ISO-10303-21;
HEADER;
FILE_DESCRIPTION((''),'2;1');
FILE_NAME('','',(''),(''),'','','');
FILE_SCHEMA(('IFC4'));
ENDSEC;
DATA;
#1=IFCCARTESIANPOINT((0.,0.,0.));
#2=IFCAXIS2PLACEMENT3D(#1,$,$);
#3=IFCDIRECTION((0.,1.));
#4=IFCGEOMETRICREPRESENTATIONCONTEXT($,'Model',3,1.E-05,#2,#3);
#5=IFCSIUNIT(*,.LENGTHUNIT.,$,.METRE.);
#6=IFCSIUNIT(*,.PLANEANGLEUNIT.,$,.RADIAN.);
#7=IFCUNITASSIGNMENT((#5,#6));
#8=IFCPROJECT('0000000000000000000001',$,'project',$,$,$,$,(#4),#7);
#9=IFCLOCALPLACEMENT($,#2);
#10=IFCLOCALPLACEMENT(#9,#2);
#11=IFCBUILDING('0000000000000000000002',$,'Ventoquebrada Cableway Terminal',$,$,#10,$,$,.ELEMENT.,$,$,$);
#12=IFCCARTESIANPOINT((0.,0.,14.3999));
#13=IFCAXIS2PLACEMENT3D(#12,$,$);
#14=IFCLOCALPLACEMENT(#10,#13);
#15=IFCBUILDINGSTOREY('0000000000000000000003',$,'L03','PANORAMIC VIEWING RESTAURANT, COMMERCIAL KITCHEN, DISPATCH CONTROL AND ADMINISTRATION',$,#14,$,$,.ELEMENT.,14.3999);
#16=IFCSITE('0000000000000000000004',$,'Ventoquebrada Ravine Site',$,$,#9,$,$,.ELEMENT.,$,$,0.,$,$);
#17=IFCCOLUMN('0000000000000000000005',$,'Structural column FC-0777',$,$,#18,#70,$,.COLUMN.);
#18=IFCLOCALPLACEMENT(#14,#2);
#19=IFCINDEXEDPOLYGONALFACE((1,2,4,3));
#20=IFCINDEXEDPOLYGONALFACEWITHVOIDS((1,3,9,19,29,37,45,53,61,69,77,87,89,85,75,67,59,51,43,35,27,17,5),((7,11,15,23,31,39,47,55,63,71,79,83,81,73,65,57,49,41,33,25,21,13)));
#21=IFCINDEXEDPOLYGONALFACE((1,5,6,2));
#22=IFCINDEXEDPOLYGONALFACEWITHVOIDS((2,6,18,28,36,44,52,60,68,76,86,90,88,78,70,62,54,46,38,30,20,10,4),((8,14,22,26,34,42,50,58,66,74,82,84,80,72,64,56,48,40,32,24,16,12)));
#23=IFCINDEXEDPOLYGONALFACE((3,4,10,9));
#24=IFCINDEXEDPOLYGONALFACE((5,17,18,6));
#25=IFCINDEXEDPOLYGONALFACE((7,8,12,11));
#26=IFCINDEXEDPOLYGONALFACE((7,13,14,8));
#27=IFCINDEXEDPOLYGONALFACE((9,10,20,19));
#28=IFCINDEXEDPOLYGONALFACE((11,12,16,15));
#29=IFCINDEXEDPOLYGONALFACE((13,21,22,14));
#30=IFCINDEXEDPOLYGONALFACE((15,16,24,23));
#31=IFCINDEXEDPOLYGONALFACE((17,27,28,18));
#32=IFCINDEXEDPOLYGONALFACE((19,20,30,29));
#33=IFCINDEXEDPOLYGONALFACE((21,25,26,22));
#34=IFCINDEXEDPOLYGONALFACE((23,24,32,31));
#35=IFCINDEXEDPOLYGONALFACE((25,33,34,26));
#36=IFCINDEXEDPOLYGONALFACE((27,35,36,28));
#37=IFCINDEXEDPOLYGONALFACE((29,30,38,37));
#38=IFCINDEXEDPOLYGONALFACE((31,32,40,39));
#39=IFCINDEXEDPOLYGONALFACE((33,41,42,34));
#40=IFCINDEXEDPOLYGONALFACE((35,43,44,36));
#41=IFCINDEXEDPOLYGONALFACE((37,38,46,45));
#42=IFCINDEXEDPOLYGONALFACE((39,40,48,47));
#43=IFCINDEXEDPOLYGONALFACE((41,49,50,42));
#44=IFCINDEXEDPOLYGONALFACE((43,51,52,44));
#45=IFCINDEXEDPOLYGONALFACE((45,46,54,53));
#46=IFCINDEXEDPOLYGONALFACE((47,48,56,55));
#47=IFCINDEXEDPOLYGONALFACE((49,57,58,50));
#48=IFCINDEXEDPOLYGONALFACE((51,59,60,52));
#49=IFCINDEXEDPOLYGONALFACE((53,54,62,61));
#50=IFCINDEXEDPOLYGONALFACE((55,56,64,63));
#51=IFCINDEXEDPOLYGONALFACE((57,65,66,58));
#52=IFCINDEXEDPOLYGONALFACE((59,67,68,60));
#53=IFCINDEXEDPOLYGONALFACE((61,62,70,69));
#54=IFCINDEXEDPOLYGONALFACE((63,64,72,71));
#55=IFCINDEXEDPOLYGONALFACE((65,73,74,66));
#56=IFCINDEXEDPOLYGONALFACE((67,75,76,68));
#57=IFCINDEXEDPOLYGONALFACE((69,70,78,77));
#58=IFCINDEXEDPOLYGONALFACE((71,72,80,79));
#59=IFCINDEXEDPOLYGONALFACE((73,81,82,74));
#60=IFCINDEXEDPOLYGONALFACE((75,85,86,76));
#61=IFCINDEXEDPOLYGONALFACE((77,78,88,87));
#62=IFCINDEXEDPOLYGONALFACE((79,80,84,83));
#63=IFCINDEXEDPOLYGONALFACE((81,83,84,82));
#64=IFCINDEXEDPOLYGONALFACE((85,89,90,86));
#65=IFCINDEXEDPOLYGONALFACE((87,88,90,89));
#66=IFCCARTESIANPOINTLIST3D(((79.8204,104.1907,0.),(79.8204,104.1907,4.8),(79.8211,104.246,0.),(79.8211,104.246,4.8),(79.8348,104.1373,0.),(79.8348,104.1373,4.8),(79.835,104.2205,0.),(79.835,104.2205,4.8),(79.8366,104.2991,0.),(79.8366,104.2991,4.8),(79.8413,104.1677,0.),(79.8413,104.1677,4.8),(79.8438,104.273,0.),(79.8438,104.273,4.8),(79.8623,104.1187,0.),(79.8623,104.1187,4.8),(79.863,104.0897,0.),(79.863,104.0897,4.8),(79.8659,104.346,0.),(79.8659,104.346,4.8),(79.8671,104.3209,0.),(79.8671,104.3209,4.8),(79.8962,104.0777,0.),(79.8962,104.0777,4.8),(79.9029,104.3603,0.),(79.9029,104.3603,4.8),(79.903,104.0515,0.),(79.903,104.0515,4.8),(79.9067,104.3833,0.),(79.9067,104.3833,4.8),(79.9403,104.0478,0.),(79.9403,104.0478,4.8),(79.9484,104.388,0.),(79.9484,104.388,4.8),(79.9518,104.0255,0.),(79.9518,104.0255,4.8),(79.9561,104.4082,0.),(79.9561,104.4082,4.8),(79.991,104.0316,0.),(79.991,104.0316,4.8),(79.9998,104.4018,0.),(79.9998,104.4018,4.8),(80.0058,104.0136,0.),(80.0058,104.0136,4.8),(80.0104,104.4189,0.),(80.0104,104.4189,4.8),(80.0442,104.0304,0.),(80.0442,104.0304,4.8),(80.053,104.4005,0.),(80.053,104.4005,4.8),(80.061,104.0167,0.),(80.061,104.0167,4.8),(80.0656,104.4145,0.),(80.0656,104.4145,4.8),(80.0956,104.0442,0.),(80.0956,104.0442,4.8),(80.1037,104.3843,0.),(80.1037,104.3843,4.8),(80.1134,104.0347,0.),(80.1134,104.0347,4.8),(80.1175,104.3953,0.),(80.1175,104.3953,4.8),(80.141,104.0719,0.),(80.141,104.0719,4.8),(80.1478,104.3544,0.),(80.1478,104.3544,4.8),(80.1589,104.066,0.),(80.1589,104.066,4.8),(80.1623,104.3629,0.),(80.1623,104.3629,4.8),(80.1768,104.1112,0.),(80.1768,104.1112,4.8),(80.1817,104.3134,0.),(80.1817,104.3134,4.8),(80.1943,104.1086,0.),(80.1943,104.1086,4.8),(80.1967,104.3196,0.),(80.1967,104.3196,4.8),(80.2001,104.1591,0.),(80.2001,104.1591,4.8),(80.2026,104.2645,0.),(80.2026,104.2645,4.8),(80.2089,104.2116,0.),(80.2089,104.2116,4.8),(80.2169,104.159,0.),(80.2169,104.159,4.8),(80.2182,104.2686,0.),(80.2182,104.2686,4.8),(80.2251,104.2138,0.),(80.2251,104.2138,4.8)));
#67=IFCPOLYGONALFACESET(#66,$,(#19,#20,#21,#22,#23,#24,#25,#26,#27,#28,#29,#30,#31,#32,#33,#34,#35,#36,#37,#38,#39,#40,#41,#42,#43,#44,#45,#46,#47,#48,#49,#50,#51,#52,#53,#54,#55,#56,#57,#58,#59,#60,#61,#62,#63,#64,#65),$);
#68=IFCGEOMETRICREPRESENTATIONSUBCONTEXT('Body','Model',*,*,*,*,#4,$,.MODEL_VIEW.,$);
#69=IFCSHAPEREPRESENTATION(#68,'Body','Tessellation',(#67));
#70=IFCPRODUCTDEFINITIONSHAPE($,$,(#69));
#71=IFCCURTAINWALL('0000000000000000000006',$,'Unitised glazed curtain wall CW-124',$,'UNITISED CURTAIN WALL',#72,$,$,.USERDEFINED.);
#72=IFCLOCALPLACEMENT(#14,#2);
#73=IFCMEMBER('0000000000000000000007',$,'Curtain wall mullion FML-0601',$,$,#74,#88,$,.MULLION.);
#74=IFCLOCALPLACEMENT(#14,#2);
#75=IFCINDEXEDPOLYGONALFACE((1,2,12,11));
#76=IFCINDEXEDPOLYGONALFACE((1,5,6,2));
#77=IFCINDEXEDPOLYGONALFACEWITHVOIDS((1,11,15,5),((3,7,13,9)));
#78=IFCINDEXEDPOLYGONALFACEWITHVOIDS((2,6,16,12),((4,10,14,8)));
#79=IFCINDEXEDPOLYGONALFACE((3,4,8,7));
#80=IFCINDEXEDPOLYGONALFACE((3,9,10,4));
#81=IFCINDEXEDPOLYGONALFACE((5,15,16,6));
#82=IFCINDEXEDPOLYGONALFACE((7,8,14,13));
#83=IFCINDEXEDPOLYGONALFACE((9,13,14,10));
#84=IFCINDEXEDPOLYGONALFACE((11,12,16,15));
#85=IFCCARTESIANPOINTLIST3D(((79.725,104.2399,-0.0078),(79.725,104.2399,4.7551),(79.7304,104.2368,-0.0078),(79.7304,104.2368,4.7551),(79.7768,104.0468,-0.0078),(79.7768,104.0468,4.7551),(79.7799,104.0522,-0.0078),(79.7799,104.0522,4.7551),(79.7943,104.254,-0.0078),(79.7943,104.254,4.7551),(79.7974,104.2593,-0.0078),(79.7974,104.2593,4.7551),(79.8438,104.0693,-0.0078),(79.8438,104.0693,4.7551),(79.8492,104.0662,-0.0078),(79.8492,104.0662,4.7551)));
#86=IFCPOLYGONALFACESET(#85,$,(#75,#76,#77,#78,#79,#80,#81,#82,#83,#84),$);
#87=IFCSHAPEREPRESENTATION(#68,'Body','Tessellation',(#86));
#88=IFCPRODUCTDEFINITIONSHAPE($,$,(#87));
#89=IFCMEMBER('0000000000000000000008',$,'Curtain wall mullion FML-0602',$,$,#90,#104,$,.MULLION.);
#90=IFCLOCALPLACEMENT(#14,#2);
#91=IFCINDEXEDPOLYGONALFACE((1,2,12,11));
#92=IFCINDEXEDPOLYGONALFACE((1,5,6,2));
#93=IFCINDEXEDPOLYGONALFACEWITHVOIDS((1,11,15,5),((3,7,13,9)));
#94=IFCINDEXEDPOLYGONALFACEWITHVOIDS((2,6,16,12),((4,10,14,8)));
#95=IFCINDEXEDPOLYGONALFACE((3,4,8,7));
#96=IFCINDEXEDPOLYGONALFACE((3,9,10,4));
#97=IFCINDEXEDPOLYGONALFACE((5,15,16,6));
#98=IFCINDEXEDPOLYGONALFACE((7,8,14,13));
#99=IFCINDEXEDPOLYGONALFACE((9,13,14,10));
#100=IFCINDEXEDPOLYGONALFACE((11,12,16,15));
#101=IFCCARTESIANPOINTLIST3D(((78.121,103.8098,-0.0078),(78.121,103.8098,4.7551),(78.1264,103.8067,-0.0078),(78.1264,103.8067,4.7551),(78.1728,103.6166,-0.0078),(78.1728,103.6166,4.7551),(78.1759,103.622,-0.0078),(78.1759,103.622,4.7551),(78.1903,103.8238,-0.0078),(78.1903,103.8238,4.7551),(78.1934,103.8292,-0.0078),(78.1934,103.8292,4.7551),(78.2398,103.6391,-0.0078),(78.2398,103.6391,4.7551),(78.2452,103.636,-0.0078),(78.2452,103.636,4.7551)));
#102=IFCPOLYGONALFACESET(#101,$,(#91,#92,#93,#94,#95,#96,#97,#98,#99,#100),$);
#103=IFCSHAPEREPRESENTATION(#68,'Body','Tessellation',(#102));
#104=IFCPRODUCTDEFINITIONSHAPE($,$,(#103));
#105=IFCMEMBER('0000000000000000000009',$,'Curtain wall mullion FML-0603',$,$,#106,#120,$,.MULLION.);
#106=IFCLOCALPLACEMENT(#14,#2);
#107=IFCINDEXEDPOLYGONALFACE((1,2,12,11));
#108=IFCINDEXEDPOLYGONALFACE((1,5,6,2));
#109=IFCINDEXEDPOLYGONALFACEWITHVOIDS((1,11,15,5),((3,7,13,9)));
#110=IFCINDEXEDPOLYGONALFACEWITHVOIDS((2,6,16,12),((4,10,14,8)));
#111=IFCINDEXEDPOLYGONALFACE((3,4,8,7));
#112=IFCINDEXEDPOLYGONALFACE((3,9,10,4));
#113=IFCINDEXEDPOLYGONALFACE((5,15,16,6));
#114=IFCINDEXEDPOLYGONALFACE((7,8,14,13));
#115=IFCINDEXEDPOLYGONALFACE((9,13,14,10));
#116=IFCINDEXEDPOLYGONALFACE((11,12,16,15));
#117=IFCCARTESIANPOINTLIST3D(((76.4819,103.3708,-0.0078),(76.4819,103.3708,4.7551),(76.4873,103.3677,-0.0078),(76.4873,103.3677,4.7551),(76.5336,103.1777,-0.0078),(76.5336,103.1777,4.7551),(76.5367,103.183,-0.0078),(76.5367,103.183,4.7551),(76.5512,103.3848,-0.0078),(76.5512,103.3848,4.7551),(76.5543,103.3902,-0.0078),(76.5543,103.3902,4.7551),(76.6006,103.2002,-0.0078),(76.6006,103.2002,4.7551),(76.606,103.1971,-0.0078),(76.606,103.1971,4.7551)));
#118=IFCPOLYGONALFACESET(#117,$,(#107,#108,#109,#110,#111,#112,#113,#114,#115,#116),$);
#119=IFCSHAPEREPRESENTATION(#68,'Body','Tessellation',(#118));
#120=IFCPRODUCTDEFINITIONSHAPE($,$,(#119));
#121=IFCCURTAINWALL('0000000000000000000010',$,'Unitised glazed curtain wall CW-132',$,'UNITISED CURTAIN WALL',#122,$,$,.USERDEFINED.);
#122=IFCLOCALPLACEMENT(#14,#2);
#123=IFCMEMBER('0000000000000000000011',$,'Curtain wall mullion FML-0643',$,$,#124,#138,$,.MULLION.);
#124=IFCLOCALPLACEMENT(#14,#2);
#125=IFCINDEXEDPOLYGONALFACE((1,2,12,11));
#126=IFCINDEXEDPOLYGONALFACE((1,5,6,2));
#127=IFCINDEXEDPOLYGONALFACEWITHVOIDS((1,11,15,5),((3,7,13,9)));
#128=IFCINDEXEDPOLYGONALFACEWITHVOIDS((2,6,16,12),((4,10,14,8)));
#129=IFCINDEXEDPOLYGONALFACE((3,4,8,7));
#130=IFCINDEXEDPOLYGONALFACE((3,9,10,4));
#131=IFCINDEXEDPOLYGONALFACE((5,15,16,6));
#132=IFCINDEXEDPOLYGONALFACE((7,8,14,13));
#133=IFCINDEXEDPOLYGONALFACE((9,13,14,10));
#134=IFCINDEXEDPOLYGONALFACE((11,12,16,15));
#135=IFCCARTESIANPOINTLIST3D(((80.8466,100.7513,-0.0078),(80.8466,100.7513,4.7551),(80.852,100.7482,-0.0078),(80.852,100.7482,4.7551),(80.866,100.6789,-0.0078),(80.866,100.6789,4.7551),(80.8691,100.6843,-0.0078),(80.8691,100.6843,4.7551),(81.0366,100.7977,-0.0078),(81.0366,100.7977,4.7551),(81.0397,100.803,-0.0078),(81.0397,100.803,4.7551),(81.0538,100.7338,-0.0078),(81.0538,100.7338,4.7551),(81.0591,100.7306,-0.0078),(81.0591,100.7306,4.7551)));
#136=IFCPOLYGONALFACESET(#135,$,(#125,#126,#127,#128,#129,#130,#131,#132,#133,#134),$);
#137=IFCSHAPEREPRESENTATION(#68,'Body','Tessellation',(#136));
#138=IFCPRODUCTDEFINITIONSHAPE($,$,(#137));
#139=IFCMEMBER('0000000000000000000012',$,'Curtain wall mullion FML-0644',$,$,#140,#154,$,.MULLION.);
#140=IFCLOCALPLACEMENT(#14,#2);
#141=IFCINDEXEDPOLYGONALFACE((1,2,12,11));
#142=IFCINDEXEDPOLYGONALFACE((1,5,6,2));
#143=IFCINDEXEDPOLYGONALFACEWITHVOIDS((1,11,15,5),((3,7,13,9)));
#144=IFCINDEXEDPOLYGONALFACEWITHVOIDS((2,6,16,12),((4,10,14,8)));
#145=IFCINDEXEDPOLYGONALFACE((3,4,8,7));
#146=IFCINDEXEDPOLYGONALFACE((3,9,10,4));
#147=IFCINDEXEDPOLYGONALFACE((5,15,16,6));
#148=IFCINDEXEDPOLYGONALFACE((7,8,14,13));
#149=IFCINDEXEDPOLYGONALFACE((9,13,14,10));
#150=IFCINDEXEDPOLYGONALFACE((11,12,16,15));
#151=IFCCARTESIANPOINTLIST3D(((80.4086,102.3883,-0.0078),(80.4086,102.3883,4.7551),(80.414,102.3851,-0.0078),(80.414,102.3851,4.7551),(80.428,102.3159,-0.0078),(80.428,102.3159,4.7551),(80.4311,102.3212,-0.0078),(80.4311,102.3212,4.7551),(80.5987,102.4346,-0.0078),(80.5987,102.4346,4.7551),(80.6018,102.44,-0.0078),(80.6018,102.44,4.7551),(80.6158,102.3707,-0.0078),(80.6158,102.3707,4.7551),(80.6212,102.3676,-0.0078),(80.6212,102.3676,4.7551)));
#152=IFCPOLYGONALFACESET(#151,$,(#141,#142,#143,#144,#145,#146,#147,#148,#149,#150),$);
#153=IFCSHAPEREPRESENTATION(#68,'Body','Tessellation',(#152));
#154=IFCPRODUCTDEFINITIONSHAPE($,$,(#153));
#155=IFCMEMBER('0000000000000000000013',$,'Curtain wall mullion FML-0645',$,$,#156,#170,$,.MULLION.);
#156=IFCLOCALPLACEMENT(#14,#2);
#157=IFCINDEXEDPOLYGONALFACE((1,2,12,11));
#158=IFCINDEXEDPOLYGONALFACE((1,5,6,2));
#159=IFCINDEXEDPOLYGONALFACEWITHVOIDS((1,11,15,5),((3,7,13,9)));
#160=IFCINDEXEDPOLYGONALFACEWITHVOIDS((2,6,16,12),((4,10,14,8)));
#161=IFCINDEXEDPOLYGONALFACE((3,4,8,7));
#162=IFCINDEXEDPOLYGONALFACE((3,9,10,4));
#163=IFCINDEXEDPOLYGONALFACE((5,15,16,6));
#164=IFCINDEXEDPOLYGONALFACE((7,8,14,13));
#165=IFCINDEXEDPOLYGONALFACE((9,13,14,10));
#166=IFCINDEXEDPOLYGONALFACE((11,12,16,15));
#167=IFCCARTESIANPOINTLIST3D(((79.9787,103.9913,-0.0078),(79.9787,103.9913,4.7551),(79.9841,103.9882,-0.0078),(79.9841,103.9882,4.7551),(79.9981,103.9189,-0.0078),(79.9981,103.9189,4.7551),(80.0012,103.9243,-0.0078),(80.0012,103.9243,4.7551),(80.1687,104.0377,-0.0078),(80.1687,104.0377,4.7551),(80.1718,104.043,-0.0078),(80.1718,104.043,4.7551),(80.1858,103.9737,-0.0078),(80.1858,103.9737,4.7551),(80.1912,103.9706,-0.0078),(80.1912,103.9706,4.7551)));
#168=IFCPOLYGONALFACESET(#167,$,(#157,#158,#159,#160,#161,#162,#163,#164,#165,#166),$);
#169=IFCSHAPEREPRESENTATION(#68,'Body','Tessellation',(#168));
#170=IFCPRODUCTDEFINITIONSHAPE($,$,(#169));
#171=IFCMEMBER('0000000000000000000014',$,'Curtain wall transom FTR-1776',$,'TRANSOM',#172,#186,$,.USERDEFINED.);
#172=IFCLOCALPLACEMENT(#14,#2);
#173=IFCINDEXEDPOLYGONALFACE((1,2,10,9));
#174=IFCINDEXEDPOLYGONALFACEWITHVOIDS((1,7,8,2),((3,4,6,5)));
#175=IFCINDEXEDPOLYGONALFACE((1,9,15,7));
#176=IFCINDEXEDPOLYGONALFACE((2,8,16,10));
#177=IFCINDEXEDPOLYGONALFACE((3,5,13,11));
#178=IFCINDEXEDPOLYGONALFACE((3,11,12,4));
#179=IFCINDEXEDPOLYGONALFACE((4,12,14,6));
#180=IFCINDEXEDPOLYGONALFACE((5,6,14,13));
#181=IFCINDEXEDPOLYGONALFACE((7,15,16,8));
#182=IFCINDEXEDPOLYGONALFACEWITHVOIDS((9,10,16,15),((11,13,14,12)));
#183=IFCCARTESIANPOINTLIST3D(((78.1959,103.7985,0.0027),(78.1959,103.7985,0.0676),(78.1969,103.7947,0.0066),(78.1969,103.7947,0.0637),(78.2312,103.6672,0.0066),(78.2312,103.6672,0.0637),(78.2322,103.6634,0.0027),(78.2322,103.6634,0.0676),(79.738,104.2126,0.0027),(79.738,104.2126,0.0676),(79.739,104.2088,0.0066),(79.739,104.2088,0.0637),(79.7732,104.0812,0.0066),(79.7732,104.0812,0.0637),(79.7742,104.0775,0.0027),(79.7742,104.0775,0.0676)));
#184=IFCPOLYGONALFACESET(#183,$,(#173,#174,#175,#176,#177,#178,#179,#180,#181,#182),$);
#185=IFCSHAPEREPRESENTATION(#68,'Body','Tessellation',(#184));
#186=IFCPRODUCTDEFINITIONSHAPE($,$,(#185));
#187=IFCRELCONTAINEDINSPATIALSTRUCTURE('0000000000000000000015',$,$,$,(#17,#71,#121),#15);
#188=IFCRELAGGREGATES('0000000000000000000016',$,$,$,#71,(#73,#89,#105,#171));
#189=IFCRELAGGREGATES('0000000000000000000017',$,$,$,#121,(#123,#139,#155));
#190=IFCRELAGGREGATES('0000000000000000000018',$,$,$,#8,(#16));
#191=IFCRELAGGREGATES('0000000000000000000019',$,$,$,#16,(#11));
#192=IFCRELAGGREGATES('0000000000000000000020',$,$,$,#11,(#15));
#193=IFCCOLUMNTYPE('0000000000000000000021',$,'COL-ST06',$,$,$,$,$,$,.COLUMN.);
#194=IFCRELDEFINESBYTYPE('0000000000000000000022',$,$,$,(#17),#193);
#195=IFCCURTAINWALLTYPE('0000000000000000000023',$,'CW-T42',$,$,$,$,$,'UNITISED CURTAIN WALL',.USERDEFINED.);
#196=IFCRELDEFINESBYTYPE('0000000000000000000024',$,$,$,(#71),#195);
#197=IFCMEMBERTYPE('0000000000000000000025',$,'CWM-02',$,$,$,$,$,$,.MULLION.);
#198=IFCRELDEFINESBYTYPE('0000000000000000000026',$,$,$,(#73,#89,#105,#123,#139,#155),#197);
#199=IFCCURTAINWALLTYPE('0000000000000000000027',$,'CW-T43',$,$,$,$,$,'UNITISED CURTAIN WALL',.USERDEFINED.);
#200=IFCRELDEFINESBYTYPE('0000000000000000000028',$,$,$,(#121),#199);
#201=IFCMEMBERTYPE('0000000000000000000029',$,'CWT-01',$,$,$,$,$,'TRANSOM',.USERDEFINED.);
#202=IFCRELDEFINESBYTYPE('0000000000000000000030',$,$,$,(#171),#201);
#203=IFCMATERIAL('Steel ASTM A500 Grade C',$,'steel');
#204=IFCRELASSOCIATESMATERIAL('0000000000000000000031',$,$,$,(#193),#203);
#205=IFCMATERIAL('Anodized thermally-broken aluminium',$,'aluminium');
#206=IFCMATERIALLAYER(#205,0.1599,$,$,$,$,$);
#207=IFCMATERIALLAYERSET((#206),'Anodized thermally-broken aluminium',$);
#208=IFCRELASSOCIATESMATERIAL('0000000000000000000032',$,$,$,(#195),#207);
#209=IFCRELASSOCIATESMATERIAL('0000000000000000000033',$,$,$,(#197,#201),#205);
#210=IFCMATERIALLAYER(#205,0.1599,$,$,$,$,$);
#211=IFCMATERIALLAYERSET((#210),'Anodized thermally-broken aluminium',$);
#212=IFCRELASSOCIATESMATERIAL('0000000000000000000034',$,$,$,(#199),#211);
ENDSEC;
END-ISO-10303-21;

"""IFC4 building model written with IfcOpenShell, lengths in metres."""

from ifc_helpers import new_model, si_unit, direction, frame, origin, origin_2d, place, context, subcontext, project, spatial, hollow_rectangle, hollow_circle, extrude, material, layer, layer_set, material_profile, profile_set, type_object, element, aggregate, save


model = new_model("IFC4")

# Units and contexts
model_context = context("Model", 3, precision=1e-05, world=origin(), true_north=direction((0.0, 1.0)))
body_context = subcontext(model_context, "Body", "Model", "MODEL_VIEW")
ifc_project = project(units=[si_unit("LENGTHUNIT", "METRE"), si_unit("PLANEANGLEUNIT", "RADIAN")], contexts=[model_context])

# Site, building, storey
site_placement = place(None, origin())
site = spatial("IfcSite", under=ifc_project, at=site_placement, Name="Ventoquebrada Ravine Site", CompositionType="ELEMENT", RefElevation=0.0)
building_placement = place(site_placement, origin())
building = spatial("IfcBuilding", under=site, at=building_placement, Name="Ventoquebrada Cableway Terminal", CompositionType="ELEMENT")
storey_placement = place(building_placement, frame((0.0, 0.0, 14.3999)))
storey = spatial("IfcBuildingStorey", under=building, at=storey_placement, Name="L03", Description="PANORAMIC VIEWING RESTAURANT, COMMERCIAL KITCHEN, DISPATCH CONTROL AND ADMINISTRATION", CompositionType="ELEMENT", Elevation=14.3999)

# Column
ifc_material_1 = material(Name="Steel ASTM A500 Grade C", Category="steel")
ifc_material_profile_1 = material_profile(ifc_material_1, hollow_circle(Radius=0.2031, WallThickness=0.0161, at=origin_2d()), Name="CHS406.4X16")
ifc_profile_set_1 = profile_set([ifc_material_profile_1], Name="Steel ASTM A500 Grade C")
column_type = type_object("IfcColumnType", Name="COL-ST06", PredefinedType="COLUMN", material=ifc_profile_set_1)
column_placement = place(storey_placement, frame((80.022, 104.2161, 0.0), z_axis=(0.0, 0.0, 1.0), x_axis=(0.965926, 0.258819, 0.0)))
element("IfcColumn", 1, at=column_placement, inside=storey, type_object=column_type, Name="Structural column FC-0777", PredefinedType="COLUMN", context=body_context, shape_type="SweptSolid", body=[
    extrude(hollow_circle(Radius=0.2031, WallThickness=0.0161, at=origin_2d()), origin(), (0.0, 0.0, 1.0), 4.8),
])

# Curtain walls, members
ifc_material_2 = material(Name="Anodized thermally-broken aluminium", Category="aluminium")
ifc_layer_1 = layer(ifc_material_2, 0.1599)
ifc_layer_set_1 = layer_set([ifc_layer_1], Name="Anodized thermally-broken aluminium")
curtain_wall_type_1 = type_object("IfcCurtainWallType", Name="CW-T42", ElementType="UNITISED CURTAIN WALL", PredefinedType="USERDEFINED", material=ifc_layer_set_1)
curtain_wall_1_placement = place(storey_placement, origin())
curtain_wall_1 = element("IfcCurtainWall", 2, at=curtain_wall_1_placement, inside=storey, type_object=curtain_wall_type_1, Name="Unitised glazed curtain wall CW-124", ObjectType="UNITISED CURTAIN WALL", PredefinedType="USERDEFINED")
ifc_material_profile_2 = material_profile(ifc_material_2, hollow_rectangle(XDim=0.075, YDim=0.2, WallThickness=0.0044, at=origin_2d()), Name="CW-MUL-75X200")
ifc_profile_set_2 = profile_set([ifc_material_profile_2], Name="Anodized thermally-broken aluminium")
member_type_1 = type_object("IfcMemberType", Name="CWM-02", PredefinedType="MULLION", material=ifc_profile_set_2)
member_1_placement = place(storey_placement, frame((79.7871, 104.1531, -0.0078), z_axis=(0.0, 0.0, 1.0), x_axis=(-0.965921, -0.258836, 0.0)))
member_1 = element("IfcMember", 3, at=member_1_placement, type_object=member_type_1, Name="Curtain wall mullion FML-0601", PredefinedType="MULLION", context=body_context, shape_type="SweptSolid", body=[
    extrude(hollow_rectangle(XDim=0.075, YDim=0.2, WallThickness=0.0044, at=origin_2d()), origin(), (0.0, 0.0, 1.0), 4.7629),
])
member_2_placement = place(storey_placement, frame((78.1831, 103.7229, -0.0078), z_axis=(0.0, 0.0, 1.0), x_axis=(-0.965921, -0.258836, 0.0)))
member_2 = element("IfcMember", 4, at=member_2_placement, type_object=member_type_1, Name="Curtain wall mullion FML-0602", PredefinedType="MULLION", context=body_context, shape_type="SweptSolid", body=[
    extrude(hollow_rectangle(XDim=0.075, YDim=0.2, WallThickness=0.0044, at=origin_2d()), origin(), (0.0, 0.0, 1.0), 4.7629),
])
member_3_placement = place(storey_placement, frame((76.5439, 103.2839, -0.0078), z_axis=(0.0, 0.0, 1.0), x_axis=(-0.965921, -0.258836, 0.0)))
member_3 = element("IfcMember", 5, at=member_3_placement, type_object=member_type_1, Name="Curtain wall mullion FML-0603", PredefinedType="MULLION", context=body_context, shape_type="SweptSolid", body=[
    extrude(hollow_rectangle(XDim=0.075, YDim=0.2, WallThickness=0.0044, at=origin_2d()), origin(), (0.0, 0.0, 1.0), 4.7629),
])
ifc_layer_2 = layer(ifc_material_2, 0.1599)
ifc_layer_set_2 = layer_set([ifc_layer_2], Name="Anodized thermally-broken aluminium")
curtain_wall_type_2 = type_object("IfcCurtainWallType", Name="CW-T43", ElementType="UNITISED CURTAIN WALL", PredefinedType="USERDEFINED", material=ifc_layer_set_2)
curtain_wall_2_placement = place(storey_placement, origin())
curtain_wall_2 = element("IfcCurtainWall", 6, at=curtain_wall_2_placement, inside=storey, type_object=curtain_wall_type_2, Name="Unitised glazed curtain wall CW-132", ObjectType="UNITISED CURTAIN WALL", PredefinedType="USERDEFINED")
member_4_placement = place(storey_placement, frame((80.9529, 100.741, -0.0078), z_axis=(0.0, 0.0, 1.0), x_axis=(-0.258836, 0.965921, 0.0)))
member_4 = element("IfcMember", 7, at=member_4_placement, type_object=member_type_1, Name="Curtain wall mullion FML-0643", PredefinedType="MULLION", context=body_context, shape_type="SweptSolid", body=[
    extrude(hollow_rectangle(XDim=0.075, YDim=0.2, WallThickness=0.0044, at=origin_2d()), origin(), (0.0, 0.0, 1.0), 4.7629),
])
member_5_placement = place(storey_placement, frame((80.5149, 102.3779, -0.0078), z_axis=(0.0, 0.0, 1.0), x_axis=(-0.258836, 0.965921, 0.0)))
member_5 = element("IfcMember", 8, at=member_5_placement, type_object=member_type_1, Name="Curtain wall mullion FML-0644", PredefinedType="MULLION", context=body_context, shape_type="SweptSolid", body=[
    extrude(hollow_rectangle(XDim=0.075, YDim=0.2, WallThickness=0.0044, at=origin_2d()), origin(), (0.0, 0.0, 1.0), 4.7629),
])
member_6_placement = place(storey_placement, frame((80.085, 103.981, -0.0078), z_axis=(0.0, 0.0, 1.0), x_axis=(-0.258836, 0.965921, 0.0)))
member_6 = element("IfcMember", 9, at=member_6_placement, type_object=member_type_1, Name="Curtain wall mullion FML-0645", PredefinedType="MULLION", context=body_context, shape_type="SweptSolid", body=[
    extrude(hollow_rectangle(XDim=0.075, YDim=0.2, WallThickness=0.0044, at=origin_2d()), origin(), (0.0, 0.0, 1.0), 4.7629),
])

# Member
ifc_material_profile_3 = material_profile(ifc_material_2, hollow_rectangle(XDim=0.0649, YDim=0.1399, WallThickness=0.0039, at=origin_2d()), Name="CW-TRN-65X140")
ifc_profile_set_3 = profile_set([ifc_material_profile_3], Name="Anodized thermally-broken aluminium")
member_type_2 = type_object("IfcMemberType", Name="CWT-01", ElementType="TRANSOM", PredefinedType="USERDEFINED", material=ifc_profile_set_3)
member_7_placement = place(storey_placement, frame((79.7561, 104.145, 0.0352), z_axis=(-0.965787, -0.259337, 0.0), x_axis=(0.0, 0.0, 1.0)))
member_7 = element("IfcMember", 10, at=member_7_placement, type_object=member_type_2, Name="Curtain wall transom FTR-1776", ObjectType="TRANSOM", PredefinedType="USERDEFINED", context=body_context, shape_type="SweptSolid", body=[
    extrude(hollow_rectangle(XDim=0.0649, YDim=0.1399, WallThickness=0.0039, at=origin_2d()), origin(), (0.0, 0.0, 1.0), 1.5967),
])

aggregate(curtain_wall_1, [member_1, member_2, member_3, member_7])
aggregate(curtain_wall_2, [member_4, member_5, member_6])

save(model, "model.ifc")
